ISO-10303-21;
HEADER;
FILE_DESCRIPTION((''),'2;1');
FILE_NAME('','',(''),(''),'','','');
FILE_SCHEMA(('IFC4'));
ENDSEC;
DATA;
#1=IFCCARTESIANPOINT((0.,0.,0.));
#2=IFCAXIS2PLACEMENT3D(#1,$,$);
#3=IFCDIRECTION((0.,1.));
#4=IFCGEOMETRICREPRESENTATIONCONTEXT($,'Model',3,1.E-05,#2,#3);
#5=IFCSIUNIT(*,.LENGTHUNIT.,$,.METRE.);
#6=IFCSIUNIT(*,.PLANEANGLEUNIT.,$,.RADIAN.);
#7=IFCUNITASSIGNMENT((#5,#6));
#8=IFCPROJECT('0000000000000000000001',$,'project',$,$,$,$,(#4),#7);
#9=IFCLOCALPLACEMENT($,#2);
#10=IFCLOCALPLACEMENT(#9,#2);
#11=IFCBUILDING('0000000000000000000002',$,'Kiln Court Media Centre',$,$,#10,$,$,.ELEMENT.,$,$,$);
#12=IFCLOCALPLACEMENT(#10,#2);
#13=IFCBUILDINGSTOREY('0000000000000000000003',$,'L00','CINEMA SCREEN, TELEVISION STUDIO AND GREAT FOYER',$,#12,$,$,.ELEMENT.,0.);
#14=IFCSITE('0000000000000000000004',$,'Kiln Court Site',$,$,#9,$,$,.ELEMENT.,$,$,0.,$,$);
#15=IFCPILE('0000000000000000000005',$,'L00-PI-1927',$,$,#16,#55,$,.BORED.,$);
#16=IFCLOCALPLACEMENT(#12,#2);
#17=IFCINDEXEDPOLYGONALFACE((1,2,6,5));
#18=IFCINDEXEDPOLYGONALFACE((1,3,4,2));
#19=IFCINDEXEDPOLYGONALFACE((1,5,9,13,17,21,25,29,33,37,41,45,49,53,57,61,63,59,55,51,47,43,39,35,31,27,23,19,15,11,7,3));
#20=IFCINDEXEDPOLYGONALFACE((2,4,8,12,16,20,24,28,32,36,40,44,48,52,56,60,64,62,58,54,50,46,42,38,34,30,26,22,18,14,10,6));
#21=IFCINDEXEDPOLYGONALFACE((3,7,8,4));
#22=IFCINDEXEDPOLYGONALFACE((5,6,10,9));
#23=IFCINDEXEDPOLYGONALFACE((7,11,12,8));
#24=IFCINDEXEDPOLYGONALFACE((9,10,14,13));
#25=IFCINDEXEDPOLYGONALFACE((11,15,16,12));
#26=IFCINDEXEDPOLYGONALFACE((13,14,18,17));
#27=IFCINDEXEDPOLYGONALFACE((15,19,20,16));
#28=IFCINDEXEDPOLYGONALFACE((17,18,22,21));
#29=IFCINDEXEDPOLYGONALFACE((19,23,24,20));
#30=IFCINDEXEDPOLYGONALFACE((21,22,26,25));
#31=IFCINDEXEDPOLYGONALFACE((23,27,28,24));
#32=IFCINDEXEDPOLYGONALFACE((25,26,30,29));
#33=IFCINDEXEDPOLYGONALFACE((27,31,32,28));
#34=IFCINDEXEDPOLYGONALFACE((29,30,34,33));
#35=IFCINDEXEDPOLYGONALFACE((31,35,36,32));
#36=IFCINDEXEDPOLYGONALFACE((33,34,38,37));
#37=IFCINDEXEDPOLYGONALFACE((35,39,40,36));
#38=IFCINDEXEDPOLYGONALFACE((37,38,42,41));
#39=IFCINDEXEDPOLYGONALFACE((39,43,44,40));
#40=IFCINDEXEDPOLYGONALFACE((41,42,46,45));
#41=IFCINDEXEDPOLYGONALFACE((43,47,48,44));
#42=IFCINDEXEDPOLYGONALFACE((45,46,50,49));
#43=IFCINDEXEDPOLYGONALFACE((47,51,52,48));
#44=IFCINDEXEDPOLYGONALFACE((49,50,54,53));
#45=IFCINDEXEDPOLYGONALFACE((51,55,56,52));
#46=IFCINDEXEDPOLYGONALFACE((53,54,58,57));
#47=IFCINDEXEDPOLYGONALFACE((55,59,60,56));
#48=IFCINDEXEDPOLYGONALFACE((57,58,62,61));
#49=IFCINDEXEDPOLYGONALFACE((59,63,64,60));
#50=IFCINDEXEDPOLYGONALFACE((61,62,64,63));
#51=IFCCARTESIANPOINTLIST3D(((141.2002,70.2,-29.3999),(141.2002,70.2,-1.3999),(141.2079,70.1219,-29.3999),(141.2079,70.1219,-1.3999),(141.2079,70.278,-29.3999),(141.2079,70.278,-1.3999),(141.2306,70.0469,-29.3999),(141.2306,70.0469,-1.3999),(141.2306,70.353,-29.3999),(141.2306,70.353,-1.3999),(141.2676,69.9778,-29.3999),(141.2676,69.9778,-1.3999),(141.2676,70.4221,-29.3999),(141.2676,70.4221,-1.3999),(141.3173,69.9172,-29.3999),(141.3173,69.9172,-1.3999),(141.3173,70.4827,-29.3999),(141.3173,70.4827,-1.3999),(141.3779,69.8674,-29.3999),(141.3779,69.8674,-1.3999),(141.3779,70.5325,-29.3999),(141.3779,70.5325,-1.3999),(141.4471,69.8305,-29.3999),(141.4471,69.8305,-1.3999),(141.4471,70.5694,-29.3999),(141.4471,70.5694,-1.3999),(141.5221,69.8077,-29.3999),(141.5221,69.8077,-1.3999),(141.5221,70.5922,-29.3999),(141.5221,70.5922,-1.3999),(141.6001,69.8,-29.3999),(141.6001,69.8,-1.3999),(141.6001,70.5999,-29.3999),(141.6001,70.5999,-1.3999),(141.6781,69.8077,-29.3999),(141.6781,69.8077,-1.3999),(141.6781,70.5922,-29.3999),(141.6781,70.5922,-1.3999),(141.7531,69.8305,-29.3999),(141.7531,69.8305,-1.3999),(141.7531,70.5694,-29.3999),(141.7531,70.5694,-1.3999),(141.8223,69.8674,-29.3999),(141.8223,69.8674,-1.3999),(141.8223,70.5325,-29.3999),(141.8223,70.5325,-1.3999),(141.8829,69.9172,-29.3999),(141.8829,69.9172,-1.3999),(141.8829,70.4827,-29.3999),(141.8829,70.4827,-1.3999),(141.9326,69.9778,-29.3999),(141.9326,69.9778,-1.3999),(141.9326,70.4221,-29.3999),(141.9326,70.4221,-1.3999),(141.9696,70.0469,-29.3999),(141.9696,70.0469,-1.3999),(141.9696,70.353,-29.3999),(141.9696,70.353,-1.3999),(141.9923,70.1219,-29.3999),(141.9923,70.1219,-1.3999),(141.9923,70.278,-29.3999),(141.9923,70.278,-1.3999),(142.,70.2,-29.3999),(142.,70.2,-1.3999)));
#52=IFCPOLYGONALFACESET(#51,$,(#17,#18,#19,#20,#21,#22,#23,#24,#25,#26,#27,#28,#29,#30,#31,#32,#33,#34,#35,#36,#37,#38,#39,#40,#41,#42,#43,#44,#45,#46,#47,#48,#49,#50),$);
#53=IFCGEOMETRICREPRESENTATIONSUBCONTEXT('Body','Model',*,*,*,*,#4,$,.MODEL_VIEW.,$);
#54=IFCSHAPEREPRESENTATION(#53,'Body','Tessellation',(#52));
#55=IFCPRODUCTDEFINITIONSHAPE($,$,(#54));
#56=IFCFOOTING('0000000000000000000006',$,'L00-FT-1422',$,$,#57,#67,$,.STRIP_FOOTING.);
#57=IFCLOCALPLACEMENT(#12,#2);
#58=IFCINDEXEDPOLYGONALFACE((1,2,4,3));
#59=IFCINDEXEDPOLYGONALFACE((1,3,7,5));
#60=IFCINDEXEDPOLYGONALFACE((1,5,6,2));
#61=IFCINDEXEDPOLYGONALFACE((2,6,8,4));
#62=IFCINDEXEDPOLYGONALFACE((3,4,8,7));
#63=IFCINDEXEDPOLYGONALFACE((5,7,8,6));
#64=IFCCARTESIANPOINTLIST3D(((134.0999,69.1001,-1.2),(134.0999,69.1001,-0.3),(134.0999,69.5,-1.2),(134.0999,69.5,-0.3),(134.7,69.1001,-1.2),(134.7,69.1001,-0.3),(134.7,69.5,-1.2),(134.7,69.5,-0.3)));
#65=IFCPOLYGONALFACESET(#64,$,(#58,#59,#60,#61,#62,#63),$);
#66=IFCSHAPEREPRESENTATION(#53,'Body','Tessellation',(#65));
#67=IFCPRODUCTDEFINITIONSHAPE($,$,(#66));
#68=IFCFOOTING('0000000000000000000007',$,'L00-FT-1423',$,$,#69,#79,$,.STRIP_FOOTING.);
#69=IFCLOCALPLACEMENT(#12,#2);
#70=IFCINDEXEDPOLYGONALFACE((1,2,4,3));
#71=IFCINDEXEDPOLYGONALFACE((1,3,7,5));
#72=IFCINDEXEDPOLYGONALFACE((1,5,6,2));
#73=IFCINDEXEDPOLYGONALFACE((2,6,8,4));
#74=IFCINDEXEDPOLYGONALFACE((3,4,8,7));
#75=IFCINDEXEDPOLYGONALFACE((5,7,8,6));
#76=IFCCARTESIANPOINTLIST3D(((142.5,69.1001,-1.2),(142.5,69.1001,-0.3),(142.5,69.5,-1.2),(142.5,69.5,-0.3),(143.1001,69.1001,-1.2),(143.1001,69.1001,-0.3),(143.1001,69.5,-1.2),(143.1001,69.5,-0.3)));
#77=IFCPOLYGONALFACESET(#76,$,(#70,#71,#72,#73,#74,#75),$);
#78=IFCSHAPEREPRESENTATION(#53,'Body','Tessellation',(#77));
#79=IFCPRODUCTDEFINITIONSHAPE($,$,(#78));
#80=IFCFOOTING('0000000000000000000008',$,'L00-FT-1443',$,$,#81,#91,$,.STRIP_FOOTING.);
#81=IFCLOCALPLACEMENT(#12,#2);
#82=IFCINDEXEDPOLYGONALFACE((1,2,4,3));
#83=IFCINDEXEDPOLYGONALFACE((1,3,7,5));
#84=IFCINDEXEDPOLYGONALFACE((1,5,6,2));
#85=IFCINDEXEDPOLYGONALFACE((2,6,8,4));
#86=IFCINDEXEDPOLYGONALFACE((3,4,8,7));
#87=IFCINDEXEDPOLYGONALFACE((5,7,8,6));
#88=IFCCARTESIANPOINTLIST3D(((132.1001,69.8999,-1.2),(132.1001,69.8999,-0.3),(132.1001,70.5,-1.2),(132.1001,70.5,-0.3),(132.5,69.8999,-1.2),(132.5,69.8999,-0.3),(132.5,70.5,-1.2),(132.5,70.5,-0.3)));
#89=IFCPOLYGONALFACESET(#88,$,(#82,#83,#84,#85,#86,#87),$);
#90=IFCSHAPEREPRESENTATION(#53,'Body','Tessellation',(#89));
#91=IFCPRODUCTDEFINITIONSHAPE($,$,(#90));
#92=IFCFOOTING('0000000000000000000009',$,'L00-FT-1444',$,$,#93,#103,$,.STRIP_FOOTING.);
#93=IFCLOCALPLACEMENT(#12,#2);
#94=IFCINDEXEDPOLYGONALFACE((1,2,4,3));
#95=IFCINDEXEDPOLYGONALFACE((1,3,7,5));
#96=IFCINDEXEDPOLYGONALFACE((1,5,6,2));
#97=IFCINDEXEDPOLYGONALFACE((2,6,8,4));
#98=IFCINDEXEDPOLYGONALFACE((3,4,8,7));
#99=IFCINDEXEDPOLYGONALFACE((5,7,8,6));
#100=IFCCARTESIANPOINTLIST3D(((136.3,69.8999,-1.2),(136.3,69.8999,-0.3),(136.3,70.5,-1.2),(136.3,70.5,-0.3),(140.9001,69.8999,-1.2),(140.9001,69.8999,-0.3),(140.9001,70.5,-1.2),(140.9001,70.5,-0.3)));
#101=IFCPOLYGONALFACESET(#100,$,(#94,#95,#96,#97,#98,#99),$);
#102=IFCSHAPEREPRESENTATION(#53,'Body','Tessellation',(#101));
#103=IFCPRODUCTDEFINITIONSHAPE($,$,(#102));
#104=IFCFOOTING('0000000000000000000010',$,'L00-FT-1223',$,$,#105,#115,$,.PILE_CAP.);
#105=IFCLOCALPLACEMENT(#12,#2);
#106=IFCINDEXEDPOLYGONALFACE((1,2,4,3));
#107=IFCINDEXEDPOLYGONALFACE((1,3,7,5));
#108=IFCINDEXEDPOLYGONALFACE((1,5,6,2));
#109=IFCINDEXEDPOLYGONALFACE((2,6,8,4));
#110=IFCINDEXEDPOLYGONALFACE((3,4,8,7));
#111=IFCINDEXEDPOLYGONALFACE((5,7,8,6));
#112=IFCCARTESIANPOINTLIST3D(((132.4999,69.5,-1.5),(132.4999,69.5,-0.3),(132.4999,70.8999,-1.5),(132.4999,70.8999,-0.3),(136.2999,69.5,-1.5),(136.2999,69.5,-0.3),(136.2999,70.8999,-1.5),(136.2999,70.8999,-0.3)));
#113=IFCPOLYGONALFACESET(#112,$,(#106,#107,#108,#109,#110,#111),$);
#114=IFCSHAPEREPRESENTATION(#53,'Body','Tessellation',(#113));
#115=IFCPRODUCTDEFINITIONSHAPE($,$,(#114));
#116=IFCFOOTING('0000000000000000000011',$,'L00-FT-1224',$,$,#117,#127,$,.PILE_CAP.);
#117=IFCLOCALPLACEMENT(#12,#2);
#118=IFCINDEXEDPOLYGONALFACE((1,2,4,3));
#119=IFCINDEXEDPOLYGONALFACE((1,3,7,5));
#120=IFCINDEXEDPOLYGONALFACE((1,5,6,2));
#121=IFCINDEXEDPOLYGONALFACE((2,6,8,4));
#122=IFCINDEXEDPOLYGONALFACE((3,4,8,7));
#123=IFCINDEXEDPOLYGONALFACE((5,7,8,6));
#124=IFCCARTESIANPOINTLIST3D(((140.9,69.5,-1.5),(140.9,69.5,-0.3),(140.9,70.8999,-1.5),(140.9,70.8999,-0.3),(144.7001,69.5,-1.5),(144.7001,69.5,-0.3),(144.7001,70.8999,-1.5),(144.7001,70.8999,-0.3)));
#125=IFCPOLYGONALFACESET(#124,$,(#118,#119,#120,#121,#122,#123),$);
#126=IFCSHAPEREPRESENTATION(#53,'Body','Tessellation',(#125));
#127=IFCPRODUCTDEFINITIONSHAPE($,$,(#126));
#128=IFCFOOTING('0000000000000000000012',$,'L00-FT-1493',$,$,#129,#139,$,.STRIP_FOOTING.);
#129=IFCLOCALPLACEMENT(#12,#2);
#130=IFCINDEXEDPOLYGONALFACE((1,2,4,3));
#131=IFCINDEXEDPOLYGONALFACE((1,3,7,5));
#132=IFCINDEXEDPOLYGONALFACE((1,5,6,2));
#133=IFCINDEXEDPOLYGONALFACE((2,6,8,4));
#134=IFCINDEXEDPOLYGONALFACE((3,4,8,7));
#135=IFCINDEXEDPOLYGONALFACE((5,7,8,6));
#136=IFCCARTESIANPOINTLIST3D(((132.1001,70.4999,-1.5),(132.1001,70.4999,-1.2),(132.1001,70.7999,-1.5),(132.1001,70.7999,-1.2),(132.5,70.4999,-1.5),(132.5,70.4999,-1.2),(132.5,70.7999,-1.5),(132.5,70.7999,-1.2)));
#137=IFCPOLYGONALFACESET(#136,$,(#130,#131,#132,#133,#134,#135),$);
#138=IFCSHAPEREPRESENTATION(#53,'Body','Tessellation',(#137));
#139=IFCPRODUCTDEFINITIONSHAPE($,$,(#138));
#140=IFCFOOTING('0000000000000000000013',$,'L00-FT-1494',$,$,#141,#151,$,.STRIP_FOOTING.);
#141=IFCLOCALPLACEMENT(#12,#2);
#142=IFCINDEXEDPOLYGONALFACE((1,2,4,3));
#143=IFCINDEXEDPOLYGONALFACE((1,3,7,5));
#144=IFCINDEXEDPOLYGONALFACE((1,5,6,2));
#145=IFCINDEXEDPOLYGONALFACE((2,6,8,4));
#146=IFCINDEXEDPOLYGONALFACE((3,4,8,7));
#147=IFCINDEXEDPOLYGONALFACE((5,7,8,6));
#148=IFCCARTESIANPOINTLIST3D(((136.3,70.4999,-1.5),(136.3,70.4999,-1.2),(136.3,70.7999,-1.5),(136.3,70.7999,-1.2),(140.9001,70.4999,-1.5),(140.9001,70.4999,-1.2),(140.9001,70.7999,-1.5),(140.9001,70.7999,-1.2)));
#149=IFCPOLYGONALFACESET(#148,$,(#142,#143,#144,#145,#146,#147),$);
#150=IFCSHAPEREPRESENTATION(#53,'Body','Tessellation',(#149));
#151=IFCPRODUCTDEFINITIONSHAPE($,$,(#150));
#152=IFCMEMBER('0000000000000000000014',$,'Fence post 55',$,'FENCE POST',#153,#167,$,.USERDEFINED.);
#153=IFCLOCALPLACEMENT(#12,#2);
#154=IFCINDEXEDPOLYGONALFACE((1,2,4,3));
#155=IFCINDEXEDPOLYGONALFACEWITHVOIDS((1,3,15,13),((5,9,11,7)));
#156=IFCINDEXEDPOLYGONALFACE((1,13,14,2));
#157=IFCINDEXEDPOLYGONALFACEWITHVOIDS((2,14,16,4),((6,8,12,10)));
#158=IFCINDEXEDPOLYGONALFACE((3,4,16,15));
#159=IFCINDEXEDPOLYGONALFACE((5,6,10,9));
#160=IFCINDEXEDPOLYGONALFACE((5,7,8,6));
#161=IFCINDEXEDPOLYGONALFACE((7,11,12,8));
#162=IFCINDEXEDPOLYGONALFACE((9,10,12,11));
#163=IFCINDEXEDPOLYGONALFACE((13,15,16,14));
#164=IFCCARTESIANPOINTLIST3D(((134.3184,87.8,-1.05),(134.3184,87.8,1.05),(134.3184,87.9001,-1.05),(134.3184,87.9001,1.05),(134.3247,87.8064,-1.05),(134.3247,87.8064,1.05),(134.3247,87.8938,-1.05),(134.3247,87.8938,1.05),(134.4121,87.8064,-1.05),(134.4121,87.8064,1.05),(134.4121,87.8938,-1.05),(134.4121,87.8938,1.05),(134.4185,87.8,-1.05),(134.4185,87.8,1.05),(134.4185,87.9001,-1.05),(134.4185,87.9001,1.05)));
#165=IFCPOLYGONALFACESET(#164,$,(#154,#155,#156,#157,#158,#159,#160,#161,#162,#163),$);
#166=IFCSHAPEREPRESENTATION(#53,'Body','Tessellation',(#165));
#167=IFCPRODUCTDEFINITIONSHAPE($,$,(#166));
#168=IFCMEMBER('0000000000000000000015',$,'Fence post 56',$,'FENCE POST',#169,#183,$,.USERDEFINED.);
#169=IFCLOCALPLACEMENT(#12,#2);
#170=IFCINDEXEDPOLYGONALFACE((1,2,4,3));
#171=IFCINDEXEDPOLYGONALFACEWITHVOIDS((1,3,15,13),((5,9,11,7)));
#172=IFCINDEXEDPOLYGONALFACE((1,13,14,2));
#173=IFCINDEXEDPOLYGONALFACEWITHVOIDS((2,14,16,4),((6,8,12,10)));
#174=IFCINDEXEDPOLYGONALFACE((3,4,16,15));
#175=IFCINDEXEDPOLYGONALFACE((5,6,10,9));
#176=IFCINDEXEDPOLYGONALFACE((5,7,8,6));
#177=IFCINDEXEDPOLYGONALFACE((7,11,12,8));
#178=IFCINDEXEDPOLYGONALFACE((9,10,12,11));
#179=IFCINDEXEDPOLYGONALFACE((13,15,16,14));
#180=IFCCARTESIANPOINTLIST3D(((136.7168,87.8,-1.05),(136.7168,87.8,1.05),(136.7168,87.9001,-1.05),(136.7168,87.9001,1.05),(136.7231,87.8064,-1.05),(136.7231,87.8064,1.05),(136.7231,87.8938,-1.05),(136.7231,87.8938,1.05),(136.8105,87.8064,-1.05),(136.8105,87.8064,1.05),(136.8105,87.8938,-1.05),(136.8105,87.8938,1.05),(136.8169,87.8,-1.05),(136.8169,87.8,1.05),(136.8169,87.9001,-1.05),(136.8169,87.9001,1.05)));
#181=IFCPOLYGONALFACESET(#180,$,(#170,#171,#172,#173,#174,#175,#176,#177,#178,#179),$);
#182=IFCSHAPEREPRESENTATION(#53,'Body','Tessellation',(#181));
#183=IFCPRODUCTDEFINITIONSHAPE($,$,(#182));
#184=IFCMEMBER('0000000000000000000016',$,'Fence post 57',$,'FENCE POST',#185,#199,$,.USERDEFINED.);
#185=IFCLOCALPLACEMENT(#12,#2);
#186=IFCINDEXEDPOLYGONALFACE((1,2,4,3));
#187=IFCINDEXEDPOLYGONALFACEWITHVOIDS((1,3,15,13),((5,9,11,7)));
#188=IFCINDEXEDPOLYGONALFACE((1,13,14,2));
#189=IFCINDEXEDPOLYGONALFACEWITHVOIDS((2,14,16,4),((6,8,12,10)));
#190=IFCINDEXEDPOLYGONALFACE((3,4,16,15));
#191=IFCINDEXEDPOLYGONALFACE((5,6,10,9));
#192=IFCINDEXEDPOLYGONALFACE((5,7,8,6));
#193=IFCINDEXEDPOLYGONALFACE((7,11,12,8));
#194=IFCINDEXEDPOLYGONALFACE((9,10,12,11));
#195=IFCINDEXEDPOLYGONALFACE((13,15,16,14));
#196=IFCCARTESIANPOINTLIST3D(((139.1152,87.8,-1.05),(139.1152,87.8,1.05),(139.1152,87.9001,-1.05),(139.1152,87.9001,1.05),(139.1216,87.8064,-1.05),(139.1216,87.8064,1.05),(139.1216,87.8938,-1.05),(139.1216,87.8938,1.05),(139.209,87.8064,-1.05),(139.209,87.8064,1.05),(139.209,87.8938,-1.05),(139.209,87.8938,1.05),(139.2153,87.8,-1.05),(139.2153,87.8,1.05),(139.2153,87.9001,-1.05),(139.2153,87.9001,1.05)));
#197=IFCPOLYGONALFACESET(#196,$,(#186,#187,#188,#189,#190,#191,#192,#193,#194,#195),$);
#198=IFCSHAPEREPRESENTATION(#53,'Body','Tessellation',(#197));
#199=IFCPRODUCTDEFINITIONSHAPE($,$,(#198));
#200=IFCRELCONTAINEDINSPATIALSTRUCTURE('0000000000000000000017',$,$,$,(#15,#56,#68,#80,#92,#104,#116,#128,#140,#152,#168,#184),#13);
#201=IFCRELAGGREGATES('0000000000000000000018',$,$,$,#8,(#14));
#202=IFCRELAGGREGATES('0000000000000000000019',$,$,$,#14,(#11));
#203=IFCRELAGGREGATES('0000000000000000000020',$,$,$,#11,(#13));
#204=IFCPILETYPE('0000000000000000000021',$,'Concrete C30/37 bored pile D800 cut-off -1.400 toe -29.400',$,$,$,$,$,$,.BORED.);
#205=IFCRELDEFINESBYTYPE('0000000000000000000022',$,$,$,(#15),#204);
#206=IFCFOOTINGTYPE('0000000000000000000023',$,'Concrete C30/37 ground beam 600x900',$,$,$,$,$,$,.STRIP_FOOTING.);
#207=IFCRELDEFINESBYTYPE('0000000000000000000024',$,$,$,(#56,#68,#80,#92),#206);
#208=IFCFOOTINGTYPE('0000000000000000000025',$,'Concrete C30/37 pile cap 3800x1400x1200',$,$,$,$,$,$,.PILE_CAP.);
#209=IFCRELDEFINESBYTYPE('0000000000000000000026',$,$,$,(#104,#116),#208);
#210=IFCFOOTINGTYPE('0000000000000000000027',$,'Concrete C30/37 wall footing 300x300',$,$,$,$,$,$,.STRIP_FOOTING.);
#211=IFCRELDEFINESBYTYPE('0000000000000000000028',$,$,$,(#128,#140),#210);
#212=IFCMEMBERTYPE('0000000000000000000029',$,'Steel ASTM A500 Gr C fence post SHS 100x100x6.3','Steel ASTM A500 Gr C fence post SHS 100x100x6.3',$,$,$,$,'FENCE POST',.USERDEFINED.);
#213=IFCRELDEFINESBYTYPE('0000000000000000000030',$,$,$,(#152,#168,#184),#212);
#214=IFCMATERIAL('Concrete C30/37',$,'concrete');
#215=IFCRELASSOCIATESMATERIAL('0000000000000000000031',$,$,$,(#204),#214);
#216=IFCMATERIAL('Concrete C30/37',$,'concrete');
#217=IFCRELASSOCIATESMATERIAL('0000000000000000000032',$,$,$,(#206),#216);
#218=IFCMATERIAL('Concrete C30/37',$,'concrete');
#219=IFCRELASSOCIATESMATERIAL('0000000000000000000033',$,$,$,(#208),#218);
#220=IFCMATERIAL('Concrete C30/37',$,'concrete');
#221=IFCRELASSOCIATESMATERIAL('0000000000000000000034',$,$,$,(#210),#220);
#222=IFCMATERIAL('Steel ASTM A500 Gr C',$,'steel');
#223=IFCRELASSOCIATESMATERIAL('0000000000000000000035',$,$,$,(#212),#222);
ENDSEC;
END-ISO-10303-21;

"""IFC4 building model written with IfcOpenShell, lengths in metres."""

from ifc_helpers import new_model, si_unit, direction, frame, origin, origin_2d, place, context, subcontext, project, spatial, rectangle, hollow_rectangle, circle, extrude, material, material_profile, profile_set, type_object, element, save


model = new_model("IFC4")

# Units and contexts
model_context = context("Model", 3, precision=1e-05, world=origin(), true_north=direction((0.0, 1.0)))
body_context = subcontext(model_context, "Body", "Model", "MODEL_VIEW")
ifc_project = project(units=[si_unit("LENGTHUNIT", "METRE"), si_unit("PLANEANGLEUNIT", "RADIAN")], contexts=[model_context])

# Site, building, storey
site_placement = place(None, origin())
site = spatial("IfcSite", under=ifc_project, at=site_placement, Name="Kiln Court Site", CompositionType="ELEMENT", RefElevation=0.0)
building_placement = place(site_placement, origin())
building = spatial("IfcBuilding", under=site, at=building_placement, Name="Kiln Court Media Centre", CompositionType="ELEMENT")
storey_placement = place(building_placement, origin())
storey = spatial("IfcBuildingStorey", under=building, at=storey_placement, Name="L00", Description="CINEMA SCREEN, TELEVISION STUDIO AND GREAT FOYER", CompositionType="ELEMENT", Elevation=0.0)

# Pile
ifc_material_1 = material(Name="Concrete C30/37", Category="concrete")
ifc_material_profile_1 = material_profile(ifc_material_1, circle(Radius=0.3999, at=origin_2d()), Name="PILE D800")
ifc_profile_set_1 = profile_set([ifc_material_profile_1], Name="Concrete C30/37")
pile_type = type_object("IfcPileType", Name="Concrete C30/37 bored pile D800 cut-off -1.400 toe -29.400", PredefinedType="BORED", material=ifc_profile_set_1)
for number, where, z_axis, x_axis, name in (
    (1, (141.6001, 70.2, -1.3999), (0.0, 0.0, -1.0), (1.0, 0.0, 0.0), "L00-PI-1927"),
):
    element("IfcPile", number, at=place(storey_placement, frame(where, z_axis=z_axis, x_axis=x_axis)), inside=storey, type_object=pile_type, Name=name, PredefinedType="BORED", context=body_context, shape_type="SweptSolid", body=[
        extrude(circle(Radius=0.3999, at=origin_2d()), origin(), (0.0, 0.0, 1.0), 28.0),
    ])

# Footings
ifc_material_2 = material(Name="Concrete C30/37", Category="concrete")
footing_type_1 = type_object("IfcFootingType", Name="Concrete C30/37 ground beam 600x900", PredefinedType="STRIP_FOOTING", material=ifc_material_2)
for number, where, z_axis, x_axis, name in (
    (2, (134.3999, 69.3, -1.2), (0.0, 0.0, 1.0), (1.0, 0.0, 0.0), "L00-FT-1422"),
    (3, (142.8, 69.3, -1.2), (0.0, 0.0, 1.0), (1.0, 0.0, 0.0), "L00-FT-1423"),
):
    element("IfcFooting", number, at=place(storey_placement, frame(where, z_axis=z_axis, x_axis=x_axis)), inside=storey, type_object=footing_type_1, Name=name, PredefinedType="STRIP_FOOTING", context=body_context, shape_type="SweptSolid", body=[
        extrude(rectangle(XDim=0.6001, YDim=0.3999, at=origin_2d()), origin(), (0.0, 0.0, 1.0), 0.8999),
    ])
footing_1_placement = place(storey_placement, frame((132.3, 70.2, -1.2), z_axis=(0.0, 0.0, 1.0), x_axis=(1.0, 0.0, 0.0)))
element("IfcFooting", 4, at=footing_1_placement, inside=storey, type_object=footing_type_1, Name="L00-FT-1443", PredefinedType="STRIP_FOOTING", context=body_context, shape_type="SweptSolid", body=[
    extrude(rectangle(XDim=0.3999, YDim=0.6001, at=origin_2d()), origin(), (0.0, 0.0, 1.0), 0.8999),
])
footing_2_placement = place(storey_placement, frame((138.6001, 70.2, -1.2), z_axis=(0.0, 0.0, 1.0), x_axis=(1.0, 0.0, 0.0)))
element("IfcFooting", 5, at=footing_2_placement, inside=storey, type_object=footing_type_1, Name="L00-FT-1444", PredefinedType="STRIP_FOOTING", context=body_context, shape_type="SweptSolid", body=[
    extrude(rectangle(XDim=4.6001, YDim=0.6001, at=origin_2d()), origin(), (0.0, 0.0, 1.0), 0.8999),
])
ifc_material_3 = material(Name="Concrete C30/37", Category="concrete")
footing_type_2 = type_object("IfcFootingType", Name="Concrete C30/37 pile cap 3800x1400x1200", PredefinedType="PILE_CAP", material=ifc_material_3)
for number, where, z_axis, x_axis, name in (
    (6, (134.3999, 70.2, -1.5), (0.0, 0.0, 1.0), (1.0, 0.0, 0.0), "L00-FT-1223"),
    (7, (142.8, 70.2, -1.5), (0.0, 0.0, 1.0), (1.0, 0.0, 0.0), "L00-FT-1224"),
):
    element("IfcFooting", number, at=place(storey_placement, frame(where, z_axis=z_axis, x_axis=x_axis)), inside=storey, type_object=footing_type_2, Name=name, PredefinedType="PILE_CAP", context=body_context, shape_type="SweptSolid", body=[
        extrude(rectangle(XDim=3.8, YDim=1.3999, at=origin_2d()), origin(), (0.0, 0.0, 1.0), 1.2),
    ])
ifc_material_4 = material(Name="Concrete C30/37", Category="concrete")
footing_type_3 = type_object("IfcFootingType", Name="Concrete C30/37 wall footing 300x300", PredefinedType="STRIP_FOOTING", material=ifc_material_4)
footing_3_placement = place(storey_placement, frame((132.3, 70.6499, -1.5), z_axis=(0.0, 0.0, 1.0), x_axis=(1.0, 0.0, 0.0)))
element("IfcFooting", 8, at=footing_3_placement, inside=storey, type_object=footing_type_3, Name="L00-FT-1493", PredefinedType="STRIP_FOOTING", context=body_context, shape_type="SweptSolid", body=[
    extrude(rectangle(XDim=0.3999, YDim=0.3, at=origin_2d()), origin(), (0.0, 0.0, 1.0), 0.3),
])
footing_4_placement = place(storey_placement, frame((138.6001, 70.6499, -1.5), z_axis=(0.0, 0.0, 1.0), x_axis=(1.0, 0.0, 0.0)))
element("IfcFooting", 9, at=footing_4_placement, inside=storey, type_object=footing_type_3, Name="L00-FT-1494", PredefinedType="STRIP_FOOTING", context=body_context, shape_type="SweptSolid", body=[
    extrude(rectangle(XDim=4.6001, YDim=0.3, at=origin_2d()), origin(), (0.0, 0.0, 1.0), 0.3),
])

# Members
ifc_material_5 = material(Name="Steel ASTM A500 Gr C", Category="steel")
ifc_material_profile_2 = material_profile(ifc_material_5, hollow_rectangle(XDim=0.1001, YDim=0.1001, WallThickness=0.0063, at=origin_2d()), Name="SHS 100x100x6.3")
ifc_profile_set_2 = profile_set([ifc_material_profile_2], Name="Steel ASTM A500 Gr C")
member_type = type_object("IfcMemberType", Name="Steel ASTM A500 Gr C fence post SHS 100x100x6.3", Description="Steel ASTM A500 Gr C fence post SHS 100x100x6.3", ElementType="FENCE POST", PredefinedType="USERDEFINED", material=ifc_profile_set_2)
for number, where, z_axis, x_axis, name in (
    (10, (134.3684, 87.8501, -1.05), (0.0, 0.0, 1.0), (1.0, 0.0, 0.0), "Fence post 55"),
    (11, (136.7668, 87.8501, -1.05), (0.0, 0.0, 1.0), (1.0, 0.0, 0.0), "Fence post 56"),
    (12, (139.1653, 87.8501, -1.05), (0.0, 0.0, 1.0), (1.0, 0.0, 0.0), "Fence post 57"),
):
    element("IfcMember", number, at=place(storey_placement, frame(where, z_axis=z_axis, x_axis=x_axis)), inside=storey, type_object=member_type, Name=name, ObjectType="FENCE POST", PredefinedType="USERDEFINED", context=body_context, shape_type="SweptSolid", body=[
        extrude(hollow_rectangle(XDim=0.1001, YDim=0.1001, WallThickness=0.0063, at=origin_2d()), origin(), (0.0, 0.0, 1.0), 2.1001),
    ])

save(model, "model.ifc")
